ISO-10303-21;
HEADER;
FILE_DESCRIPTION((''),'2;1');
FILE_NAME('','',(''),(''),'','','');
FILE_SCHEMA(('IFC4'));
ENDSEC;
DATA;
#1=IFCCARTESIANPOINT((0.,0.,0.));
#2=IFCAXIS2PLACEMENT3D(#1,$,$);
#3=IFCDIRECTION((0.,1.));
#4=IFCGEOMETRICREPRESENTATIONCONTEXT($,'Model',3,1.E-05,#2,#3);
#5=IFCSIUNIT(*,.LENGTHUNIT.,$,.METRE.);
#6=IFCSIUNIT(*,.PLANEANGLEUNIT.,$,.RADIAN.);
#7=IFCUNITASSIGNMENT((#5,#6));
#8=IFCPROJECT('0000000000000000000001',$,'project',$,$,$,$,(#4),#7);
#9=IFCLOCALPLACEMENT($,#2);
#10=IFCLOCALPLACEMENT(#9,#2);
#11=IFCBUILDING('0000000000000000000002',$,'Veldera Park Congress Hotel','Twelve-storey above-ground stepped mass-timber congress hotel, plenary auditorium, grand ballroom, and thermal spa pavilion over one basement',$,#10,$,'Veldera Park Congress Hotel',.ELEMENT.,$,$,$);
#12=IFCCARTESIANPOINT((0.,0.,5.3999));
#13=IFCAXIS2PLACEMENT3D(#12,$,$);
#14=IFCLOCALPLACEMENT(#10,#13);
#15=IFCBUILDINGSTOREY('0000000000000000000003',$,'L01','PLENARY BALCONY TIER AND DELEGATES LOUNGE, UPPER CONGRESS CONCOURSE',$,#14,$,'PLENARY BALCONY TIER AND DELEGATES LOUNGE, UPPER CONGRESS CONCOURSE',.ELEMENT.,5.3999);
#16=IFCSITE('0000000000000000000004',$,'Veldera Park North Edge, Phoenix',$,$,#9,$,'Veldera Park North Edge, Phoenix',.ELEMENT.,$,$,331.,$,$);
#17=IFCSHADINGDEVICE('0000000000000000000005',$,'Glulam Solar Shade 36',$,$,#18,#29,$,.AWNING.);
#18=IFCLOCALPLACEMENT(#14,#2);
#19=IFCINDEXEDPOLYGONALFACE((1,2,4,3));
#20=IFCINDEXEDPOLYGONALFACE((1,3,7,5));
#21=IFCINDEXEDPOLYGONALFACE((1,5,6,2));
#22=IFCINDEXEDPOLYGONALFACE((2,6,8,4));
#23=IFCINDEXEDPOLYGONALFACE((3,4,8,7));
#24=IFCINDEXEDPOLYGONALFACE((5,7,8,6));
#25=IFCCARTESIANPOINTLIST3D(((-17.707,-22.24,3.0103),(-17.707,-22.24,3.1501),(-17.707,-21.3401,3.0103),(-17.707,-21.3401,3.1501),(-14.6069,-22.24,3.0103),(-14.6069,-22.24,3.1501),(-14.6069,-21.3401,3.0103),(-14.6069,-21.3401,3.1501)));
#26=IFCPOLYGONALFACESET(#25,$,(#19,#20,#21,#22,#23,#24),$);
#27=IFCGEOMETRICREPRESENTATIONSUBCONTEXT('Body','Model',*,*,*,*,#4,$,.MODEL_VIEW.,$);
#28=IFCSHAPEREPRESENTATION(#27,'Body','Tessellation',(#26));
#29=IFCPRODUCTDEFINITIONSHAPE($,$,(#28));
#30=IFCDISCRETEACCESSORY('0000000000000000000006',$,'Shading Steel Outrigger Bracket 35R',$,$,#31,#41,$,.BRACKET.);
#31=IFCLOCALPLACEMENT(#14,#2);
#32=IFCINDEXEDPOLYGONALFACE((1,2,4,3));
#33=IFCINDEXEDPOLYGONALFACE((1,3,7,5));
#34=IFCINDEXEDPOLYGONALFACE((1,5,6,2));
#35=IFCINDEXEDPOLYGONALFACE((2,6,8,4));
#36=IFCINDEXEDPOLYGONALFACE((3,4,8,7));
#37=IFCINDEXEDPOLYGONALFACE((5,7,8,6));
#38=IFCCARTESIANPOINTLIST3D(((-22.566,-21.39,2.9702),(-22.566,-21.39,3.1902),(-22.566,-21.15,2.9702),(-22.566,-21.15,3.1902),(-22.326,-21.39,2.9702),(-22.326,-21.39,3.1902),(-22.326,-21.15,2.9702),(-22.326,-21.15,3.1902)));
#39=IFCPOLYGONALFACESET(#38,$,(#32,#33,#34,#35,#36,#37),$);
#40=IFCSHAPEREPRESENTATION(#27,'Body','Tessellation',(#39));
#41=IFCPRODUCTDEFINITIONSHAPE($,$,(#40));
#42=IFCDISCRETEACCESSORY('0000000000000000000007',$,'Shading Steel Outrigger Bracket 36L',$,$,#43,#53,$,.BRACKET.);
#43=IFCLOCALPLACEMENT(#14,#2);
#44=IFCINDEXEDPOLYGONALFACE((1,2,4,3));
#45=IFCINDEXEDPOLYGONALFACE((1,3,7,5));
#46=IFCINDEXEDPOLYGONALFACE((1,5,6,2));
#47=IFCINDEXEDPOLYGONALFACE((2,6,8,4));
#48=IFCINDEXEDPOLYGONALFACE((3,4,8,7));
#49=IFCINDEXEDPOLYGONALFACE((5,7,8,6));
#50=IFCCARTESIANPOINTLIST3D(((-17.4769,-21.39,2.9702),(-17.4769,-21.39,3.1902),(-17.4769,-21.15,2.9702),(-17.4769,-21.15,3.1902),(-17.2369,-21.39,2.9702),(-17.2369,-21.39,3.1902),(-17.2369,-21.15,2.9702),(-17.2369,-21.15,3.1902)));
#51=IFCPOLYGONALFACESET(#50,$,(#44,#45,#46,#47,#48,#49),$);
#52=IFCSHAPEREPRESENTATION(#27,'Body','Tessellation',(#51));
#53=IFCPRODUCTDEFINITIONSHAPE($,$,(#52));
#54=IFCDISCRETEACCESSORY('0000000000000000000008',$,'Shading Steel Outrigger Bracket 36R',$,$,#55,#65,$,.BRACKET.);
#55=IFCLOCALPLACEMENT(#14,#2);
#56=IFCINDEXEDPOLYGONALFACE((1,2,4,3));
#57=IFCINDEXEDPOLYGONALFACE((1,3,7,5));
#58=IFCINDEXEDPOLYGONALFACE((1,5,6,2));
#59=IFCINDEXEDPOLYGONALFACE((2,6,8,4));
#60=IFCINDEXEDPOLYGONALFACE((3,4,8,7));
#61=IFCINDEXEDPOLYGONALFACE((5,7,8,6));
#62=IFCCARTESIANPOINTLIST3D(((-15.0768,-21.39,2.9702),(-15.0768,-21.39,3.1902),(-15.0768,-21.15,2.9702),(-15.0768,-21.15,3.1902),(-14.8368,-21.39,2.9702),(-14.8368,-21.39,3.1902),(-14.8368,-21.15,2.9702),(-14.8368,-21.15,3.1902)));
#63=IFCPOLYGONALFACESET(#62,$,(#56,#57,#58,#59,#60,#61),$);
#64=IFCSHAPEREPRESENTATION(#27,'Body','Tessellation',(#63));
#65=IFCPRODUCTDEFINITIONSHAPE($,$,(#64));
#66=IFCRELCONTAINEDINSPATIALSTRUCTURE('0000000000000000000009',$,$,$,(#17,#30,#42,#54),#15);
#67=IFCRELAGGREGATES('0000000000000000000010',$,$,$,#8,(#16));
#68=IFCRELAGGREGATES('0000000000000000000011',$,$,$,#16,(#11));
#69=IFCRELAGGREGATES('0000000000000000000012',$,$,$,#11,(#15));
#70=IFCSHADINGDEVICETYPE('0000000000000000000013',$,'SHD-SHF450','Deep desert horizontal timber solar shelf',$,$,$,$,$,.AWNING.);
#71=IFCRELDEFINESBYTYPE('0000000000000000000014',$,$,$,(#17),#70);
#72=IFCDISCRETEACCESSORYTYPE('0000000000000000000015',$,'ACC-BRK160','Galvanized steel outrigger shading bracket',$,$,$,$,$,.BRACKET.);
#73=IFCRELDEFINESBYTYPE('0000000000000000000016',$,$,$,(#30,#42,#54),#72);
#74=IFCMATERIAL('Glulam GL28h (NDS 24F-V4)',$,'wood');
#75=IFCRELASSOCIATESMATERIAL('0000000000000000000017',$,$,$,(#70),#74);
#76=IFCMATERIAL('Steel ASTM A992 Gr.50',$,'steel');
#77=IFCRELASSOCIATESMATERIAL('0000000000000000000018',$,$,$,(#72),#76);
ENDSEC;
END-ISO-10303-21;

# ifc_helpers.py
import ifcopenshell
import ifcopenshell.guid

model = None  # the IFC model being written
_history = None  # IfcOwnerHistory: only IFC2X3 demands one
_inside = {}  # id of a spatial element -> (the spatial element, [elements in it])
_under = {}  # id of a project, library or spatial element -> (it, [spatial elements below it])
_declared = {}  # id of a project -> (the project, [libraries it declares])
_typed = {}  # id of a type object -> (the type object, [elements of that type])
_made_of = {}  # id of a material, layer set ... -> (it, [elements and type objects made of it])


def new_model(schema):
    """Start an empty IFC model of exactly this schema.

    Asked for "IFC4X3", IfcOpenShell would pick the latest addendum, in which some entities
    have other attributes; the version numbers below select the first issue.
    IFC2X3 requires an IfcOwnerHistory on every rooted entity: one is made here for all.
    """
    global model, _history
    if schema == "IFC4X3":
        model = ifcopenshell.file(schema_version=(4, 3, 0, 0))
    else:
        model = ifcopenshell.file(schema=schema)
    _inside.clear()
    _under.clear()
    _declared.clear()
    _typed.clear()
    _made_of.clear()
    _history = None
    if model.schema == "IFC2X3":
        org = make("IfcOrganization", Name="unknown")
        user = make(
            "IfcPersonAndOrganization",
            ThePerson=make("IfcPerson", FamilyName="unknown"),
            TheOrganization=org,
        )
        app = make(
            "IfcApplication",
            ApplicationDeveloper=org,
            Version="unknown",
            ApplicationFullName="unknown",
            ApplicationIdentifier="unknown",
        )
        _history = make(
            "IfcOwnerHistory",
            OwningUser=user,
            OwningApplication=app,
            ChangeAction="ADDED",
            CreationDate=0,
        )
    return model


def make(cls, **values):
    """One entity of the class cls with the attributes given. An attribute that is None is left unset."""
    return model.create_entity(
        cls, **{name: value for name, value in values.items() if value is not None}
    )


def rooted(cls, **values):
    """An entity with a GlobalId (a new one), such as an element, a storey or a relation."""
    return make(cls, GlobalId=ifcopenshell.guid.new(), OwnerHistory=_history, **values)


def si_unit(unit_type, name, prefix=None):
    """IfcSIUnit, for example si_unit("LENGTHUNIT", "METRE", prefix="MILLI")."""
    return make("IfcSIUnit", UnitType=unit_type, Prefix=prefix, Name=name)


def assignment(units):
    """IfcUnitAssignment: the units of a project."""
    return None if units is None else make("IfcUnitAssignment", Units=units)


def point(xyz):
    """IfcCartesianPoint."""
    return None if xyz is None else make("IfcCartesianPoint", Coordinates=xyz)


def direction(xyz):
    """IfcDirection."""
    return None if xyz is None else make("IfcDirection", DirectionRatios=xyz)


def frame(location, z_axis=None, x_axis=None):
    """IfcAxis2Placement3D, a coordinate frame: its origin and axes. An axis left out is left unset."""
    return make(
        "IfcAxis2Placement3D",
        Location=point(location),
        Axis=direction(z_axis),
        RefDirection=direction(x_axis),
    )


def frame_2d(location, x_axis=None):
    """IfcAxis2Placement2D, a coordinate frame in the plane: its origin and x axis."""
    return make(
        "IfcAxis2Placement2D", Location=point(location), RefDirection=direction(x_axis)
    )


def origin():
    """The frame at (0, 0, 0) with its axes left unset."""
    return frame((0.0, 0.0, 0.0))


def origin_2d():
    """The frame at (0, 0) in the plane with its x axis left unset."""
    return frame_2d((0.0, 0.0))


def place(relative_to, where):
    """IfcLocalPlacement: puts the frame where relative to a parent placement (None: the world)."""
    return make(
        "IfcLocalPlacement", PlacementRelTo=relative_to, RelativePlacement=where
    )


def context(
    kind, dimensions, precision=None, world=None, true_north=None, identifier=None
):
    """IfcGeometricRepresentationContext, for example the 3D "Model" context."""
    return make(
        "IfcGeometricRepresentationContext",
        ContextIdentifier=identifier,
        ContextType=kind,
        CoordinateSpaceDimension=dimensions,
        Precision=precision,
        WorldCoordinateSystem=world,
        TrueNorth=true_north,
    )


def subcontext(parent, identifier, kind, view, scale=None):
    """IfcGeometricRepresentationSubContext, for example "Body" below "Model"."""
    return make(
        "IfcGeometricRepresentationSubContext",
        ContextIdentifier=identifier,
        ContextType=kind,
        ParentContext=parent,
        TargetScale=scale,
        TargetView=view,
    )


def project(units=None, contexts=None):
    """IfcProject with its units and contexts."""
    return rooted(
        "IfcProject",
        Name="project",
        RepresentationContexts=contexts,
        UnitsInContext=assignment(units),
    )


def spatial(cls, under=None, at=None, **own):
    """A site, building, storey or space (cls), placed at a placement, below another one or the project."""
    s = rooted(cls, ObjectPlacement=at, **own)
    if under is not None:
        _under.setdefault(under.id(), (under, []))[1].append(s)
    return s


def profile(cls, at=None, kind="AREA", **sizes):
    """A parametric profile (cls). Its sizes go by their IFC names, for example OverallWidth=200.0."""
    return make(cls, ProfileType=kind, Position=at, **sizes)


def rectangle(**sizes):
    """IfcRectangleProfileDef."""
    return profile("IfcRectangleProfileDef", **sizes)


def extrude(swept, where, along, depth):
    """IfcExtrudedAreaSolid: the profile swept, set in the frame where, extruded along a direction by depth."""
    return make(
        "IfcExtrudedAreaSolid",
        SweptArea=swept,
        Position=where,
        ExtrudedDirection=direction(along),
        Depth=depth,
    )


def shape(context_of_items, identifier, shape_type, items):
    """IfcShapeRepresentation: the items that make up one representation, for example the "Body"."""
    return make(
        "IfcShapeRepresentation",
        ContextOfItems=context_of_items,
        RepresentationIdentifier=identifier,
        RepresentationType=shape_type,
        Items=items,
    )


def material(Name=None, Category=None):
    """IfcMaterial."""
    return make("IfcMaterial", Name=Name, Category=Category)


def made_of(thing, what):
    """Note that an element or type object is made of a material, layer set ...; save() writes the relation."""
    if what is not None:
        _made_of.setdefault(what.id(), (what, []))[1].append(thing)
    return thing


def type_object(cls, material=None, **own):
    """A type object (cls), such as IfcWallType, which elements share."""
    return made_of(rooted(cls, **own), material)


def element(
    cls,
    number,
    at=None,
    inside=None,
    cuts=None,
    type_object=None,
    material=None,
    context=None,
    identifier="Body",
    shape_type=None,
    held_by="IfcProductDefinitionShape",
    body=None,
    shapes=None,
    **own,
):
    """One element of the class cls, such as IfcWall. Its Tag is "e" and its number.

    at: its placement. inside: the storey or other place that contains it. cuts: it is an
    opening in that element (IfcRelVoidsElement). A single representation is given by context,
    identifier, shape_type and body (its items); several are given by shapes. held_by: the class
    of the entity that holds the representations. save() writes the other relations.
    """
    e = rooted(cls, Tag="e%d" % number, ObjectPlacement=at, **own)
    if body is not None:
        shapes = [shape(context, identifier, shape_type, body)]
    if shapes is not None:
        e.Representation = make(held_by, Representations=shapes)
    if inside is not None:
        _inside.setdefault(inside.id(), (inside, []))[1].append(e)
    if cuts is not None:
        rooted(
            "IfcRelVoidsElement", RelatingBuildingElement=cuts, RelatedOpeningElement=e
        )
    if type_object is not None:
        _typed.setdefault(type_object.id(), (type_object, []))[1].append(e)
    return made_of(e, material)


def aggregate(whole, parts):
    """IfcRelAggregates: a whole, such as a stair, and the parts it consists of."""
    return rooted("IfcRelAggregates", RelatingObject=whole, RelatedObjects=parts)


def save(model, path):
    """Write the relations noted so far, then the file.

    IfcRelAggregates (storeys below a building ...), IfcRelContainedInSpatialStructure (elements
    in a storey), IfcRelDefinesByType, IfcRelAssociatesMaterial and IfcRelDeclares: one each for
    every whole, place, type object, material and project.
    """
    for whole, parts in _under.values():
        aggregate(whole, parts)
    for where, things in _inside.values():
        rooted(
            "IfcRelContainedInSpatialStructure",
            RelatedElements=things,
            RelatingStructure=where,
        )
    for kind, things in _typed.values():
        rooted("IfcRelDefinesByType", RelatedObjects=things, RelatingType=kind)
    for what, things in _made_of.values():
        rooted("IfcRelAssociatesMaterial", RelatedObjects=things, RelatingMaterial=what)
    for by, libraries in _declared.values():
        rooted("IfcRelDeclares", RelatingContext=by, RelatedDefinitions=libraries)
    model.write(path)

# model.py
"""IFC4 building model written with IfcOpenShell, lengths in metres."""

from ifc_helpers import new_model, si_unit, direction, frame, origin, origin_2d, place, context, subcontext, project, spatial, rectangle, extrude, material, type_object, element, save


model = new_model("IFC4")

# Units and contexts
model_context = context("Model", 3, precision=1e-05, world=origin(), true_north=direction((0.0, 1.0)))
body_context = subcontext(model_context, "Body", "Model", "MODEL_VIEW")
ifc_project = project(units=[si_unit("LENGTHUNIT", "METRE"), si_unit("PLANEANGLEUNIT", "RADIAN")], contexts=[model_context])

# Site, building, storey
site_placement = place(None, origin())
site = spatial("IfcSite", under=ifc_project, at=site_placement, Name="Veldera Park North Edge, Phoenix", LongName="Veldera Park North Edge, Phoenix", CompositionType="ELEMENT", RefElevation=331.0)
building_placement = place(site_placement, origin())
building = spatial("IfcBuilding", under=site, at=building_placement, Name="Veldera Park Congress Hotel", Description="Twelve-storey above-ground stepped mass-timber congress hotel, plenary auditorium, grand ballroom, and thermal spa pavilion over one basement", LongName="Veldera Park Congress Hotel", CompositionType="ELEMENT")
storey_placement = place(building_placement, frame((0.0, 0.0, 5.3999)))
storey = spatial("IfcBuildingStorey", under=building, at=storey_placement, Name="L01", Description="PLENARY BALCONY TIER AND DELEGATES LOUNGE, UPPER CONGRESS CONCOURSE", LongName="PLENARY BALCONY TIER AND DELEGATES LOUNGE, UPPER CONGRESS CONCOURSE", CompositionType="ELEMENT", Elevation=5.3999)

# Shared definitions
ifc_material_1 = material(Name="Steel ASTM A992 Gr.50", Category="steel")

# Shading device
ifc_material_2 = material(Name="Glulam GL28h (NDS 24F-V4)", Category="wood")
shading_device_type = type_object("IfcShadingDeviceType", Name="SHD-SHF450", Description="Deep desert horizontal timber solar shelf", PredefinedType="AWNING", material=ifc_material_2)
shading_device_placement = place(storey_placement, frame((-16.157, -21.79, 3.0103), z_axis=(0.0, 0.0, 1.0), x_axis=(1.0, 0.0, 0.0)))
element("IfcShadingDevice", 1, at=shading_device_placement, inside=storey, type_object=shading_device_type, Name="Glulam Solar Shade 36", PredefinedType="AWNING", context=body_context, shape_type="SweptSolid", body=[
    extrude(rectangle(XDim=3.1001, YDim=0.8999, at=origin_2d()), origin(), (0.0, 0.0, 1.0), 0.1399),
])

# Discrete accessories
discrete_accessory_type = type_object("IfcDiscreteAccessoryType", Name="ACC-BRK160", Description="Galvanized steel outrigger shading bracket", PredefinedType="BRACKET", material=ifc_material_1)
for number, where, z_axis, x_axis, name in (
    (2, (-22.446, -21.27, 2.9702), (0.0, 0.0, 1.0), (1.0, 0.0, 0.0), "Shading Steel Outrigger Bracket 35R"),
    (3, (-17.3569, -21.27, 2.9702), (0.0, 0.0, 1.0), (1.0, 0.0, 0.0), "Shading Steel Outrigger Bracket 36L"),
    (4, (-14.9568, -21.27, 2.9702), (0.0, 0.0, 1.0), (1.0, 0.0, 0.0), "Shading Steel Outrigger Bracket 36R"),
):
    element("IfcDiscreteAccessory", number, at=place(storey_placement, frame(where, z_axis=z_axis, x_axis=x_axis)), inside=storey, type_object=discrete_accessory_type, Name=name, PredefinedType="BRACKET", context=body_context, shape_type="SweptSolid", body=[
        extrude(rectangle(XDim=0.24, YDim=0.24, at=origin_2d()), origin(), (0.0, 0.0, 1.0), 0.22),
    ])

save(model, "model.ifc")
